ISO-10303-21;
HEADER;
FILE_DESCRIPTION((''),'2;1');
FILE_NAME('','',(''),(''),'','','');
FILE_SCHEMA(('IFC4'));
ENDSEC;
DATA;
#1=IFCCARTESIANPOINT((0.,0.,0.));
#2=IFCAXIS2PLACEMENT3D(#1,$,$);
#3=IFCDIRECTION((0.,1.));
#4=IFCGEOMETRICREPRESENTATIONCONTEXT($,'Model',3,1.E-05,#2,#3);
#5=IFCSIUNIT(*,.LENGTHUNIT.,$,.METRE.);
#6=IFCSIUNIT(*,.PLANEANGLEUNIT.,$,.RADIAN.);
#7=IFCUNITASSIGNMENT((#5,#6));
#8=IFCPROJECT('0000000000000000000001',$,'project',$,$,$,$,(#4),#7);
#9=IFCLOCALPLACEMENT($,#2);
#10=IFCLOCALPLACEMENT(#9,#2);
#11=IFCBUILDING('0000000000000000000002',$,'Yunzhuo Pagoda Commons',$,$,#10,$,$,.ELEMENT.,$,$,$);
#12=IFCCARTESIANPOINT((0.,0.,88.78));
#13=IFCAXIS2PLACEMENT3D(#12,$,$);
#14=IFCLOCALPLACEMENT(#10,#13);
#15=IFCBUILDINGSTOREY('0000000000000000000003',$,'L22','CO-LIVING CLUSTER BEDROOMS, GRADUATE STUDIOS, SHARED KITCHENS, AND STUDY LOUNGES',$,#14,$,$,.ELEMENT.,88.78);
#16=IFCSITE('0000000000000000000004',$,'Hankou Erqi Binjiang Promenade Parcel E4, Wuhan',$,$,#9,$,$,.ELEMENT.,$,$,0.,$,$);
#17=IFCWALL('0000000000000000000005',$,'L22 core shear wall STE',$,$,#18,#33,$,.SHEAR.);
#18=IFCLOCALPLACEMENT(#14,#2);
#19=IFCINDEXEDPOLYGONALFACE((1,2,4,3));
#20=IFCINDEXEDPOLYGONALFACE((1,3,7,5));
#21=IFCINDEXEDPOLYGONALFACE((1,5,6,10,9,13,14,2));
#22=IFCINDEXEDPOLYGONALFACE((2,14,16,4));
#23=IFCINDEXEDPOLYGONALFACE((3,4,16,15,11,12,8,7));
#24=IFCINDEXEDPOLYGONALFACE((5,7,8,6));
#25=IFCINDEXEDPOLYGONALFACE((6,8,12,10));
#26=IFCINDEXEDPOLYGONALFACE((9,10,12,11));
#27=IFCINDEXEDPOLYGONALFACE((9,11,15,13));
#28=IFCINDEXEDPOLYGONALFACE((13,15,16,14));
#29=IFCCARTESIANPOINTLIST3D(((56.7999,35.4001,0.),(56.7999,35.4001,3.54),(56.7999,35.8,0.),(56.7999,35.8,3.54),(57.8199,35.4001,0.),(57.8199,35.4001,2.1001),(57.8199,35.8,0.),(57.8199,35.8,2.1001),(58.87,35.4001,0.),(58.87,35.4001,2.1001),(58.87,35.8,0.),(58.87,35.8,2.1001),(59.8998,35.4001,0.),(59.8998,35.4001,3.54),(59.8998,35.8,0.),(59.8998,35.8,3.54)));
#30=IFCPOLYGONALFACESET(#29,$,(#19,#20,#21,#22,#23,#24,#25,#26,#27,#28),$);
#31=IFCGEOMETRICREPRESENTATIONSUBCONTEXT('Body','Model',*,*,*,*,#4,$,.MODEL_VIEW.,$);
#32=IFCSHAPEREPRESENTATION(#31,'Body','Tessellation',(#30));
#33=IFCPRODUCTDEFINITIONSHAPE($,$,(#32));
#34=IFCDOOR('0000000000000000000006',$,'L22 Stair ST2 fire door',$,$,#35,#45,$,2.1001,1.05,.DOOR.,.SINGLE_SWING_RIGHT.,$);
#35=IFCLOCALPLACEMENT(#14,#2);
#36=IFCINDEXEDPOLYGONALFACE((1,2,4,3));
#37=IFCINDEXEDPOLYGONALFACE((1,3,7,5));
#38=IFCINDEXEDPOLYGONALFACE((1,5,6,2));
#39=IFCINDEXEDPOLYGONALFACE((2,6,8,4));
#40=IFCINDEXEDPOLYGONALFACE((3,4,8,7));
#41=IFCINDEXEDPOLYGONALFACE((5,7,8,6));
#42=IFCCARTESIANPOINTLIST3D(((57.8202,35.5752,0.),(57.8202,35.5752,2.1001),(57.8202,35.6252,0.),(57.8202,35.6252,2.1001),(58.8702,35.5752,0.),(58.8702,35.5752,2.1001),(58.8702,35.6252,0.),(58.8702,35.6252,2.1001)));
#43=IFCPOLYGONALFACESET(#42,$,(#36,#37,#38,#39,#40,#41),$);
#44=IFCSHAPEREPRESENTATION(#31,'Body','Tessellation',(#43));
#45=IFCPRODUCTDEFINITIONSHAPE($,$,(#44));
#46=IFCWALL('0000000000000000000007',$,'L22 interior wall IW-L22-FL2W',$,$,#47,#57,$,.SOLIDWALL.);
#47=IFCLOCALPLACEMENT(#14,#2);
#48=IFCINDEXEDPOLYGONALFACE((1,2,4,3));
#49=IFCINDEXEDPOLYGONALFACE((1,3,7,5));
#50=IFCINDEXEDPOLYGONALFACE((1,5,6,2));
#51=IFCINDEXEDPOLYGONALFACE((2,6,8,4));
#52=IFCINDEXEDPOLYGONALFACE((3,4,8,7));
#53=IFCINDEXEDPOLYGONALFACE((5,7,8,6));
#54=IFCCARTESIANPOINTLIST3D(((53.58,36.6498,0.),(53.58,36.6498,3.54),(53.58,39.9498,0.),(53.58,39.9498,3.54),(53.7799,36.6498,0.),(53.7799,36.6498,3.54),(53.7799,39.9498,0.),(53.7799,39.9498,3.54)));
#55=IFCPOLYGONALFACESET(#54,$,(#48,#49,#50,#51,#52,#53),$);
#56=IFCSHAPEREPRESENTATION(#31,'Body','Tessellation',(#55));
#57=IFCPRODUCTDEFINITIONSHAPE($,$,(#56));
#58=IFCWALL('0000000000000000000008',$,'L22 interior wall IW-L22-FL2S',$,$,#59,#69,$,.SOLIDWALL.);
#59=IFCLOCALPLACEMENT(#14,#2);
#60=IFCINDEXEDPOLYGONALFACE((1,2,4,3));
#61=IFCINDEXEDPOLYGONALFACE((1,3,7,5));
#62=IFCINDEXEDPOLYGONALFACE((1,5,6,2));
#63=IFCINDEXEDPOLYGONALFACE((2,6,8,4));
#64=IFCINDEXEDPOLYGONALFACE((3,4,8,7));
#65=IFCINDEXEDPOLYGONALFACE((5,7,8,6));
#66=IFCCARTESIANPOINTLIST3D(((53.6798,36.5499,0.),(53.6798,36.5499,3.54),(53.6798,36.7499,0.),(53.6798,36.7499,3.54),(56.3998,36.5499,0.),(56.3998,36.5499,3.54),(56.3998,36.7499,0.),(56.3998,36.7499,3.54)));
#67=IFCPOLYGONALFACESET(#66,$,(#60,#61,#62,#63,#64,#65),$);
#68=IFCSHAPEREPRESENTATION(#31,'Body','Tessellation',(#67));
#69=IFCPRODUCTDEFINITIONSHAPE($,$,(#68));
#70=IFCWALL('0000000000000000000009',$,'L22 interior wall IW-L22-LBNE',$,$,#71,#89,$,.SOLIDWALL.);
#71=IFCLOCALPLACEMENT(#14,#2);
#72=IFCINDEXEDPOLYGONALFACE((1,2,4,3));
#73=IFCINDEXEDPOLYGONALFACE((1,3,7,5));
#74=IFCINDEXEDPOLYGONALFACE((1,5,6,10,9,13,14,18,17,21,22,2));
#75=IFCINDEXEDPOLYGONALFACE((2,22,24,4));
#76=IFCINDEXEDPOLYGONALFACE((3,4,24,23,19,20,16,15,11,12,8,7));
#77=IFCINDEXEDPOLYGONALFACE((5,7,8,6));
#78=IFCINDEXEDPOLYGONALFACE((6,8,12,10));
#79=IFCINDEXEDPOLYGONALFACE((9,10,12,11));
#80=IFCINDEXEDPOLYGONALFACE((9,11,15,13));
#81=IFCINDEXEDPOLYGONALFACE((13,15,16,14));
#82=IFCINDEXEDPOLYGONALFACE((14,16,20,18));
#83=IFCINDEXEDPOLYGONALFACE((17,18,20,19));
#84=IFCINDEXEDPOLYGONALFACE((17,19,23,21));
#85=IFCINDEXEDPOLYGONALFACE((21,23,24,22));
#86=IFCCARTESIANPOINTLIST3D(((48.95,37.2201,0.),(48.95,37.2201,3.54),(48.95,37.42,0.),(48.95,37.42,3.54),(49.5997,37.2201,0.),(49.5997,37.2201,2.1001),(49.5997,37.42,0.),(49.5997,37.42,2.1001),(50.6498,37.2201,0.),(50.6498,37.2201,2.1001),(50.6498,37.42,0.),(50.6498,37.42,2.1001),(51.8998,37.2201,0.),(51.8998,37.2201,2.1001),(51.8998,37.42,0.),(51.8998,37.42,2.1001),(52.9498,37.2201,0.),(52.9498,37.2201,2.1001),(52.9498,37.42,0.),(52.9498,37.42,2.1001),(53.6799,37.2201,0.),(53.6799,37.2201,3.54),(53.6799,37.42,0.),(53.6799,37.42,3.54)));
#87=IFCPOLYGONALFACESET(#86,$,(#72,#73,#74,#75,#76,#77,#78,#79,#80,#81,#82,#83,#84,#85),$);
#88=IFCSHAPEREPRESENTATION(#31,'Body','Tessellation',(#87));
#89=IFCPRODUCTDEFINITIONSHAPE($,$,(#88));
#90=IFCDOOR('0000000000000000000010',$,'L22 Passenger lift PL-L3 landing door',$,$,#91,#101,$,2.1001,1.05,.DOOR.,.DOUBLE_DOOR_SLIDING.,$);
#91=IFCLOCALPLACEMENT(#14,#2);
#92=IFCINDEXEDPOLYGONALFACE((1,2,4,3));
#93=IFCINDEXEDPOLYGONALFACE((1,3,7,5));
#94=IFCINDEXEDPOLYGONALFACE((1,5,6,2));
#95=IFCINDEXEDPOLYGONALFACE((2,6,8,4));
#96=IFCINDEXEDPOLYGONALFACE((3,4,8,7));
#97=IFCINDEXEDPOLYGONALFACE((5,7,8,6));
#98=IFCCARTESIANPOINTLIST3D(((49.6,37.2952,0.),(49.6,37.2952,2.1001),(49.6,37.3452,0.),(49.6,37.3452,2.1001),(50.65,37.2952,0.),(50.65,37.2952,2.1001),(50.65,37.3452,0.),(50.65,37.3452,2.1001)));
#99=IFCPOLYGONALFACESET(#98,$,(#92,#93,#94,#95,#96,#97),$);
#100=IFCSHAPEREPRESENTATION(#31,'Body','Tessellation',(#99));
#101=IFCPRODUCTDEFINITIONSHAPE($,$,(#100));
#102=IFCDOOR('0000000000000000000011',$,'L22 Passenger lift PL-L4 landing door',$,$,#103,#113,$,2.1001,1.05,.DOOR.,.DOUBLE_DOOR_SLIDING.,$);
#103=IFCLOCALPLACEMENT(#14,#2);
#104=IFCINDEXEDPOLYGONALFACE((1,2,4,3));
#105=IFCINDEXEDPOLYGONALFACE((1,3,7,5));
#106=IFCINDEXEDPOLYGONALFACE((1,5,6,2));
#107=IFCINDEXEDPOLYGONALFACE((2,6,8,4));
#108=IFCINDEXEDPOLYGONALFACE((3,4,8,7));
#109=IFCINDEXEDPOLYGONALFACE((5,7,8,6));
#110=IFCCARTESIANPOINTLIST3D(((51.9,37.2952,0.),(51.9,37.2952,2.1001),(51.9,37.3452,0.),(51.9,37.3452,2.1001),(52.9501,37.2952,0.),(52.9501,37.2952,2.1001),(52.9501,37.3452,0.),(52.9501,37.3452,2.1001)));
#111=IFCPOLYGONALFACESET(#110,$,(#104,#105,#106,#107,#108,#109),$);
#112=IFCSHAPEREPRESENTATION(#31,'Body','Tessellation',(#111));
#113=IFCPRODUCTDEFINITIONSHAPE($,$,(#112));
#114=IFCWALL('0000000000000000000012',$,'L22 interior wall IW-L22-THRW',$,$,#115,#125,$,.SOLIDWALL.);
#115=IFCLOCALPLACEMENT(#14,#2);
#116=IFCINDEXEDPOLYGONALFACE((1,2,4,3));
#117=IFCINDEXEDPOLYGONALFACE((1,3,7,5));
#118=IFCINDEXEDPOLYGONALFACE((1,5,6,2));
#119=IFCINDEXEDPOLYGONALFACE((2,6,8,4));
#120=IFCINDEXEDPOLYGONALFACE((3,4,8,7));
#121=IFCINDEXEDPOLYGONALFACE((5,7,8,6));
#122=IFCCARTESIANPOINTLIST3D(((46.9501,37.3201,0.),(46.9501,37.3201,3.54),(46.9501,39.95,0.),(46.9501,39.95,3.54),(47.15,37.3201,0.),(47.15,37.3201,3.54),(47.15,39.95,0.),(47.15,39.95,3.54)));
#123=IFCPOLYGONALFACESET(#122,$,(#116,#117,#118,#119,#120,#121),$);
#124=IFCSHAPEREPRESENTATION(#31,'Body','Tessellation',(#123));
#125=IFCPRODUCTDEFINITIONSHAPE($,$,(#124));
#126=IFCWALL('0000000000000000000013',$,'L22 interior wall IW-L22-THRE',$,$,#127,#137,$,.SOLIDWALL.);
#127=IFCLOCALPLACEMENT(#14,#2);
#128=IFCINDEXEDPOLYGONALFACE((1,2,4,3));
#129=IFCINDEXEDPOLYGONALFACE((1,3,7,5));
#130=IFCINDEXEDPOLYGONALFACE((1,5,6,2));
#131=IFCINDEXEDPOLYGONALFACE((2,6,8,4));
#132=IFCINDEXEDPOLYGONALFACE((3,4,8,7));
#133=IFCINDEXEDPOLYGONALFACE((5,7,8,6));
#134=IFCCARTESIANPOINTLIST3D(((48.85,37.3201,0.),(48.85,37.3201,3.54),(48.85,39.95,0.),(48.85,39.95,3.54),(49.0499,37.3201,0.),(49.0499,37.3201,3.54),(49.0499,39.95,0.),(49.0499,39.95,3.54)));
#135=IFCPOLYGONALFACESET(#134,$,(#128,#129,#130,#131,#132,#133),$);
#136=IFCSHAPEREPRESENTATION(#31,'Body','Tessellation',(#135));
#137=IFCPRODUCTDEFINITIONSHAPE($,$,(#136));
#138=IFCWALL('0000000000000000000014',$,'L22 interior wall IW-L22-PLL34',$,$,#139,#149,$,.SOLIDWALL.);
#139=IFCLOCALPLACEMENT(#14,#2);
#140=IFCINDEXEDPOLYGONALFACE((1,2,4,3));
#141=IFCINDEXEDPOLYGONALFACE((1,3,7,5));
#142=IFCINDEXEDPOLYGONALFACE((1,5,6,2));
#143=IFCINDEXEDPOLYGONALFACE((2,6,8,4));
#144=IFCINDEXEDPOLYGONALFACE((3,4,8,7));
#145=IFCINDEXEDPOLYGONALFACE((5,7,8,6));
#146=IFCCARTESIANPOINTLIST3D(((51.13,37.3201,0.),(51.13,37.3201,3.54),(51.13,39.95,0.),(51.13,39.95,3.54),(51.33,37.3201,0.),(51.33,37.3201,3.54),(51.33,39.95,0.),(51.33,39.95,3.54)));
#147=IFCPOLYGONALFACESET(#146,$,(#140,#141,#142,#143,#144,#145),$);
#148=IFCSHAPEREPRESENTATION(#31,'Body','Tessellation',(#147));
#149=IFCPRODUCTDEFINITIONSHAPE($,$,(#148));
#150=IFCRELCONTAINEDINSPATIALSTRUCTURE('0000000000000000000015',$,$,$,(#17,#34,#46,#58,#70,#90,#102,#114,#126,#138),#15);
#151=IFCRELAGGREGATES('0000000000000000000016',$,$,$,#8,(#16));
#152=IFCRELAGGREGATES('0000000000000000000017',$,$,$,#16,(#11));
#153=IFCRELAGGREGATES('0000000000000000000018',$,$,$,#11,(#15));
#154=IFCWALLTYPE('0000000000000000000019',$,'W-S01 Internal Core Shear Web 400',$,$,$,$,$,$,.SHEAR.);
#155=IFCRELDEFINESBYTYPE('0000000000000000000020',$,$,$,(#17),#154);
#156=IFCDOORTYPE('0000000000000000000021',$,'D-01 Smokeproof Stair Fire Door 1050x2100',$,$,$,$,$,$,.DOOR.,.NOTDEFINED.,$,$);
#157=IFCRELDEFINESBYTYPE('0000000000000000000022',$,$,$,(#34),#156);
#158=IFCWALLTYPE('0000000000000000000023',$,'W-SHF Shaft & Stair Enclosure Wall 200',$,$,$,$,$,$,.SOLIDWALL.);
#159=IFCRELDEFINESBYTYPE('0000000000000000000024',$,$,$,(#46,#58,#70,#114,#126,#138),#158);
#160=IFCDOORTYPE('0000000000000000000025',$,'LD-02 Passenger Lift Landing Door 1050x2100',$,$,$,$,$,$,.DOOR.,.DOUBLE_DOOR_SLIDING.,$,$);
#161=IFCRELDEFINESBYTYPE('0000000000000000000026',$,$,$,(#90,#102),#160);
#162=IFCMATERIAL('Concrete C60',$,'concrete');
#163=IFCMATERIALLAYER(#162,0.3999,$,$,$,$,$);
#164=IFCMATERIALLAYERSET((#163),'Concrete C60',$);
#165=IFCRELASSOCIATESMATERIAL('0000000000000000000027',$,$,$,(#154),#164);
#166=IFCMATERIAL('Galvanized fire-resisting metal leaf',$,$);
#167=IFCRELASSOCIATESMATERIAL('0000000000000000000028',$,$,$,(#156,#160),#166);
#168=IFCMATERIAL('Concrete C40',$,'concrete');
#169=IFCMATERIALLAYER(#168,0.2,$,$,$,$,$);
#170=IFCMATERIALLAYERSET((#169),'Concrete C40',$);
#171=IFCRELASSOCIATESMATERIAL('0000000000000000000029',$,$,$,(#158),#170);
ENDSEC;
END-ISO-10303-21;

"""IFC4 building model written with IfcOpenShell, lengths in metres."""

from ifc_helpers import new_model, si_unit, direction, frame, frame_2d, origin, place, context, subcontext, project, spatial, rectangle, extrude, source, transform, mapped, material, layer, layer_set, type_object, element, fill, save


model = new_model("IFC4")

# Units and contexts
model_context = context("Model", 3, precision=1e-05, world=origin(), true_north=direction((0.0, 1.0)))
body_context = subcontext(model_context, "Body", "Model", "MODEL_VIEW")
ifc_project = project(units=[si_unit("LENGTHUNIT", "METRE"), si_unit("PLANEANGLEUNIT", "RADIAN")], contexts=[model_context])

# Site, building, storey
site_placement = place(None, origin())
site = spatial("IfcSite", under=ifc_project, at=site_placement, Name="Hankou Erqi Binjiang Promenade Parcel E4, Wuhan", CompositionType="ELEMENT", RefElevation=0.0)
building_placement = place(site_placement, origin())
building = spatial("IfcBuilding", under=site, at=building_placement, Name="Yunzhuo Pagoda Commons", CompositionType="ELEMENT")
storey_placement = place(building_placement, frame((0.0, 0.0, 88.78)))
storey = spatial("IfcBuildingStorey", under=building, at=storey_placement, Name="L22", Description="CO-LIVING CLUSTER BEDROOMS, GRADUATE STUDIOS, SHARED KITCHENS, AND STUDY LOUNGES", CompositionType="ELEMENT", Elevation=88.78)

# Shared definitions
ifc_material_1 = material(Name="Concrete C60", Category="concrete")
ifc_material_2 = material(Name="Galvanized fire-resisting metal leaf")
shared_shape_1 = source(origin(), body_context, "Body", "SweptSolid", [
    extrude(rectangle(XDim=1.05, YDim=2.1001, at=frame_2d((0.5249, 1.05))), frame((0.0, 0.0249, 0.0), z_axis=(0.0, -1.0, 0.0), x_axis=(1.0, 0.0, 0.0)), (0.0, 0.0, 1.0), 0.05),
])

# Wall, opening, door
ifc_layer_1 = layer(ifc_material_1, 0.3999)
ifc_layer_set_1 = layer_set([ifc_layer_1], Name="Concrete C60")
wall_type_1 = type_object("IfcWallType", Name="W-S01 Internal Core Shear Web 400", PredefinedType="SHEAR", material=ifc_layer_set_1)
wall_1_placement = place(storey_placement, frame((56.8, 35.6001, 0.0), z_axis=(0.0, 0.0, 1.0), x_axis=(1.0, 0.0, 0.0)))
wall_1 = element("IfcWall", 1, at=wall_1_placement, inside=storey, type_object=wall_type_1, Name="L22 core shear wall STE", PredefinedType="SHEAR", context=body_context, shape_type="SweptSolid", body=[
    extrude(rectangle(XDim=3.0999, YDim=0.3999, at=frame_2d((1.5498, 0.0))), origin(), (0.0, 0.0, 1.0), 3.54),
])
opening_1_placement = place(wall_1_placement, frame((1.02, 0.0, 0.0)))
opening_1 = element("IfcOpeningElement", 2, at=opening_1_placement, cuts=wall_1, PredefinedType="OPENING", context=body_context, shape_type="SweptSolid", body=[
    extrude(rectangle(XDim=1.05, YDim=2.1001, at=frame_2d((0.5249, 1.05))), frame((0.0, 0.21, 0.0), z_axis=(0.0, -1.0, 0.0), x_axis=(1.0, 0.0, 0.0)), (0.0, 0.0, 1.0), 0.4199),
])
door_type_1 = type_object("IfcDoorType", Name="D-01 Smokeproof Stair Fire Door 1050x2100", OperationType="NOTDEFINED", PredefinedType="DOOR", material=ifc_material_2)
door_1_placement = place(opening_1_placement, frame((1.05, 0.0, 0.0), z_axis=(0.0, 0.0, 1.0), x_axis=(-1.0, 0.0, 0.0)))
door_1 = element("IfcDoor", 3, at=door_1_placement, inside=storey, type_object=door_type_1, Name="L22 Stair ST2 fire door", OperationType="SINGLE_SWING_RIGHT", OverallHeight=2.1001, OverallWidth=1.05, PredefinedType="DOOR", context=body_context, shape_type="MappedRepresentation", body=[
    mapped(shared_shape_1, transform((0.0, 0.0, 0.0), scale=1.0)),
])
fill(opening_1, door_1)

# Walls
ifc_material_3 = material(Name="Concrete C40", Category="concrete")
ifc_layer_2 = layer(ifc_material_3, 0.2)
ifc_layer_set_2 = layer_set([ifc_layer_2], Name="Concrete C40")
wall_type_2 = type_object("IfcWallType", Name="W-SHF Shaft & Stair Enclosure Wall 200", PredefinedType="SOLIDWALL", material=ifc_layer_set_2)
wall_2_placement = place(storey_placement, frame((53.6799, 36.6499, 0.0), z_axis=(0.0, 0.0, 1.0), x_axis=(0.0, 1.0, 0.0)))
element("IfcWall", 4, at=wall_2_placement, inside=storey, type_object=wall_type_2, Name="L22 interior wall IW-L22-FL2W", PredefinedType="SOLIDWALL", context=body_context, shape_type="SweptSolid", body=[
    extrude(rectangle(XDim=3.3, YDim=0.2, at=frame_2d((1.6499, 0.0))), origin(), (0.0, 0.0, 1.0), 3.54),
])
wall_3_placement = place(storey_placement, frame((53.6799, 36.6499, 0.0), z_axis=(0.0, 0.0, 1.0), x_axis=(1.0, 0.0, 0.0)))
element("IfcWall", 5, at=wall_3_placement, inside=storey, type_object=wall_type_2, Name="L22 interior wall IW-L22-FL2S", PredefinedType="SOLIDWALL", context=body_context, shape_type="SweptSolid", body=[
    extrude(rectangle(XDim=2.72, YDim=0.2, at=frame_2d((1.3599, 0.0))), origin(), (0.0, 0.0, 1.0), 3.54),
])

# Wall, openings, doors
wall_4_placement = place(storey_placement, frame((48.95, 37.3201, 0.0), z_axis=(0.0, 0.0, 1.0), x_axis=(1.0, 0.0, 0.0)))
wall_4 = element("IfcWall", 6, at=wall_4_placement, inside=storey, type_object=wall_type_2, Name="L22 interior wall IW-L22-LBNE", PredefinedType="SOLIDWALL", context=body_context, shape_type="SweptSolid", body=[
    extrude(rectangle(XDim=4.73, YDim=0.2, at=frame_2d((2.365, 0.0))), origin(), (0.0, 0.0, 1.0), 3.54),
])
opening_2_placement = place(wall_4_placement, frame((0.6499, 0.0, 0.0)))
opening_2 = element("IfcOpeningElement", 7, at=opening_2_placement, cuts=wall_4, PredefinedType="OPENING", context=body_context, shape_type="SweptSolid", body=[
    extrude(rectangle(XDim=1.05, YDim=2.1001, at=frame_2d((0.5249, 1.05))), frame((0.0, 0.1099, 0.0), z_axis=(0.0, -1.0, 0.0), x_axis=(1.0, 0.0, 0.0)), (0.0, 0.0, 1.0), 0.22),
])
opening_3_placement = place(wall_4_placement, frame((2.95, 0.0, 0.0)))
opening_3 = element("IfcOpeningElement", 8, at=opening_3_placement, cuts=wall_4, PredefinedType="OPENING", context=body_context, shape_type="SweptSolid", body=[
    extrude(rectangle(XDim=1.05, YDim=2.1001, at=frame_2d((0.5249, 1.05))), frame((0.0, 0.1099, 0.0), z_axis=(0.0, -1.0, 0.0), x_axis=(1.0, 0.0, 0.0)), (0.0, 0.0, 1.0), 0.22),
])
door_type_2 = type_object("IfcDoorType", Name="LD-02 Passenger Lift Landing Door 1050x2100", OperationType="DOUBLE_DOOR_SLIDING", PredefinedType="DOOR", material=ifc_material_2)
door_2_placement = place(opening_2_placement, frame((1.05, 0.0, 0.0), z_axis=(0.0, 0.0, 1.0), x_axis=(-1.0, 0.0, 0.0)))
door_2 = element("IfcDoor", 9, at=door_2_placement, inside=storey, type_object=door_type_2, Name="L22 Passenger lift PL-L3 landing door", OperationType="DOUBLE_DOOR_SLIDING", OverallHeight=2.1001, OverallWidth=1.05, PredefinedType="DOOR", context=body_context, shape_type="MappedRepresentation", body=[
    mapped(shared_shape_1, transform((0.0, 0.0, 0.0), scale=1.0)),
])
fill(opening_2, door_2)
door_3_placement = place(opening_3_placement, frame((1.05, 0.0, 0.0), z_axis=(0.0, 0.0, 1.0), x_axis=(-1.0, 0.0, 0.0)))
door_3 = element("IfcDoor", 10, at=door_3_placement, inside=storey, type_object=door_type_2, Name="L22 Passenger lift PL-L4 landing door", OperationType="DOUBLE_DOOR_SLIDING", OverallHeight=2.1001, OverallWidth=1.05, PredefinedType="DOOR", context=body_context, shape_type="MappedRepresentation", body=[
    mapped(shared_shape_1, transform((0.0, 0.0, 0.0), scale=1.0)),
])
fill(opening_3, door_3)

# Walls
for number, where, z_axis, x_axis, name in (
    (11, (47.05, 37.3201, 0.0), (0.0, 0.0, 1.0), (0.0, 1.0, 0.0), "L22 interior wall IW-L22-THRW"),
    (12, (48.95, 37.3201, 0.0), (0.0, 0.0, 1.0), (0.0, 1.0, 0.0), "L22 interior wall IW-L22-THRE"),
    (13, (51.23, 37.3201, 0.0), (0.0, 0.0, 1.0), (0.0, 1.0, 0.0), "L22 interior wall IW-L22-PLL34"),
):
    element("IfcWall", number, at=place(storey_placement, frame(where, z_axis=z_axis, x_axis=x_axis)), inside=storey, type_object=wall_type_2, Name=name, PredefinedType="SOLIDWALL", context=body_context, shape_type="SweptSolid", body=[
        extrude(rectangle(XDim=2.6299, YDim=0.2, at=frame_2d((1.3149, 0.0))), origin(), (0.0, 0.0, 1.0), 3.54),
    ])

save(model, "model.ifc")
